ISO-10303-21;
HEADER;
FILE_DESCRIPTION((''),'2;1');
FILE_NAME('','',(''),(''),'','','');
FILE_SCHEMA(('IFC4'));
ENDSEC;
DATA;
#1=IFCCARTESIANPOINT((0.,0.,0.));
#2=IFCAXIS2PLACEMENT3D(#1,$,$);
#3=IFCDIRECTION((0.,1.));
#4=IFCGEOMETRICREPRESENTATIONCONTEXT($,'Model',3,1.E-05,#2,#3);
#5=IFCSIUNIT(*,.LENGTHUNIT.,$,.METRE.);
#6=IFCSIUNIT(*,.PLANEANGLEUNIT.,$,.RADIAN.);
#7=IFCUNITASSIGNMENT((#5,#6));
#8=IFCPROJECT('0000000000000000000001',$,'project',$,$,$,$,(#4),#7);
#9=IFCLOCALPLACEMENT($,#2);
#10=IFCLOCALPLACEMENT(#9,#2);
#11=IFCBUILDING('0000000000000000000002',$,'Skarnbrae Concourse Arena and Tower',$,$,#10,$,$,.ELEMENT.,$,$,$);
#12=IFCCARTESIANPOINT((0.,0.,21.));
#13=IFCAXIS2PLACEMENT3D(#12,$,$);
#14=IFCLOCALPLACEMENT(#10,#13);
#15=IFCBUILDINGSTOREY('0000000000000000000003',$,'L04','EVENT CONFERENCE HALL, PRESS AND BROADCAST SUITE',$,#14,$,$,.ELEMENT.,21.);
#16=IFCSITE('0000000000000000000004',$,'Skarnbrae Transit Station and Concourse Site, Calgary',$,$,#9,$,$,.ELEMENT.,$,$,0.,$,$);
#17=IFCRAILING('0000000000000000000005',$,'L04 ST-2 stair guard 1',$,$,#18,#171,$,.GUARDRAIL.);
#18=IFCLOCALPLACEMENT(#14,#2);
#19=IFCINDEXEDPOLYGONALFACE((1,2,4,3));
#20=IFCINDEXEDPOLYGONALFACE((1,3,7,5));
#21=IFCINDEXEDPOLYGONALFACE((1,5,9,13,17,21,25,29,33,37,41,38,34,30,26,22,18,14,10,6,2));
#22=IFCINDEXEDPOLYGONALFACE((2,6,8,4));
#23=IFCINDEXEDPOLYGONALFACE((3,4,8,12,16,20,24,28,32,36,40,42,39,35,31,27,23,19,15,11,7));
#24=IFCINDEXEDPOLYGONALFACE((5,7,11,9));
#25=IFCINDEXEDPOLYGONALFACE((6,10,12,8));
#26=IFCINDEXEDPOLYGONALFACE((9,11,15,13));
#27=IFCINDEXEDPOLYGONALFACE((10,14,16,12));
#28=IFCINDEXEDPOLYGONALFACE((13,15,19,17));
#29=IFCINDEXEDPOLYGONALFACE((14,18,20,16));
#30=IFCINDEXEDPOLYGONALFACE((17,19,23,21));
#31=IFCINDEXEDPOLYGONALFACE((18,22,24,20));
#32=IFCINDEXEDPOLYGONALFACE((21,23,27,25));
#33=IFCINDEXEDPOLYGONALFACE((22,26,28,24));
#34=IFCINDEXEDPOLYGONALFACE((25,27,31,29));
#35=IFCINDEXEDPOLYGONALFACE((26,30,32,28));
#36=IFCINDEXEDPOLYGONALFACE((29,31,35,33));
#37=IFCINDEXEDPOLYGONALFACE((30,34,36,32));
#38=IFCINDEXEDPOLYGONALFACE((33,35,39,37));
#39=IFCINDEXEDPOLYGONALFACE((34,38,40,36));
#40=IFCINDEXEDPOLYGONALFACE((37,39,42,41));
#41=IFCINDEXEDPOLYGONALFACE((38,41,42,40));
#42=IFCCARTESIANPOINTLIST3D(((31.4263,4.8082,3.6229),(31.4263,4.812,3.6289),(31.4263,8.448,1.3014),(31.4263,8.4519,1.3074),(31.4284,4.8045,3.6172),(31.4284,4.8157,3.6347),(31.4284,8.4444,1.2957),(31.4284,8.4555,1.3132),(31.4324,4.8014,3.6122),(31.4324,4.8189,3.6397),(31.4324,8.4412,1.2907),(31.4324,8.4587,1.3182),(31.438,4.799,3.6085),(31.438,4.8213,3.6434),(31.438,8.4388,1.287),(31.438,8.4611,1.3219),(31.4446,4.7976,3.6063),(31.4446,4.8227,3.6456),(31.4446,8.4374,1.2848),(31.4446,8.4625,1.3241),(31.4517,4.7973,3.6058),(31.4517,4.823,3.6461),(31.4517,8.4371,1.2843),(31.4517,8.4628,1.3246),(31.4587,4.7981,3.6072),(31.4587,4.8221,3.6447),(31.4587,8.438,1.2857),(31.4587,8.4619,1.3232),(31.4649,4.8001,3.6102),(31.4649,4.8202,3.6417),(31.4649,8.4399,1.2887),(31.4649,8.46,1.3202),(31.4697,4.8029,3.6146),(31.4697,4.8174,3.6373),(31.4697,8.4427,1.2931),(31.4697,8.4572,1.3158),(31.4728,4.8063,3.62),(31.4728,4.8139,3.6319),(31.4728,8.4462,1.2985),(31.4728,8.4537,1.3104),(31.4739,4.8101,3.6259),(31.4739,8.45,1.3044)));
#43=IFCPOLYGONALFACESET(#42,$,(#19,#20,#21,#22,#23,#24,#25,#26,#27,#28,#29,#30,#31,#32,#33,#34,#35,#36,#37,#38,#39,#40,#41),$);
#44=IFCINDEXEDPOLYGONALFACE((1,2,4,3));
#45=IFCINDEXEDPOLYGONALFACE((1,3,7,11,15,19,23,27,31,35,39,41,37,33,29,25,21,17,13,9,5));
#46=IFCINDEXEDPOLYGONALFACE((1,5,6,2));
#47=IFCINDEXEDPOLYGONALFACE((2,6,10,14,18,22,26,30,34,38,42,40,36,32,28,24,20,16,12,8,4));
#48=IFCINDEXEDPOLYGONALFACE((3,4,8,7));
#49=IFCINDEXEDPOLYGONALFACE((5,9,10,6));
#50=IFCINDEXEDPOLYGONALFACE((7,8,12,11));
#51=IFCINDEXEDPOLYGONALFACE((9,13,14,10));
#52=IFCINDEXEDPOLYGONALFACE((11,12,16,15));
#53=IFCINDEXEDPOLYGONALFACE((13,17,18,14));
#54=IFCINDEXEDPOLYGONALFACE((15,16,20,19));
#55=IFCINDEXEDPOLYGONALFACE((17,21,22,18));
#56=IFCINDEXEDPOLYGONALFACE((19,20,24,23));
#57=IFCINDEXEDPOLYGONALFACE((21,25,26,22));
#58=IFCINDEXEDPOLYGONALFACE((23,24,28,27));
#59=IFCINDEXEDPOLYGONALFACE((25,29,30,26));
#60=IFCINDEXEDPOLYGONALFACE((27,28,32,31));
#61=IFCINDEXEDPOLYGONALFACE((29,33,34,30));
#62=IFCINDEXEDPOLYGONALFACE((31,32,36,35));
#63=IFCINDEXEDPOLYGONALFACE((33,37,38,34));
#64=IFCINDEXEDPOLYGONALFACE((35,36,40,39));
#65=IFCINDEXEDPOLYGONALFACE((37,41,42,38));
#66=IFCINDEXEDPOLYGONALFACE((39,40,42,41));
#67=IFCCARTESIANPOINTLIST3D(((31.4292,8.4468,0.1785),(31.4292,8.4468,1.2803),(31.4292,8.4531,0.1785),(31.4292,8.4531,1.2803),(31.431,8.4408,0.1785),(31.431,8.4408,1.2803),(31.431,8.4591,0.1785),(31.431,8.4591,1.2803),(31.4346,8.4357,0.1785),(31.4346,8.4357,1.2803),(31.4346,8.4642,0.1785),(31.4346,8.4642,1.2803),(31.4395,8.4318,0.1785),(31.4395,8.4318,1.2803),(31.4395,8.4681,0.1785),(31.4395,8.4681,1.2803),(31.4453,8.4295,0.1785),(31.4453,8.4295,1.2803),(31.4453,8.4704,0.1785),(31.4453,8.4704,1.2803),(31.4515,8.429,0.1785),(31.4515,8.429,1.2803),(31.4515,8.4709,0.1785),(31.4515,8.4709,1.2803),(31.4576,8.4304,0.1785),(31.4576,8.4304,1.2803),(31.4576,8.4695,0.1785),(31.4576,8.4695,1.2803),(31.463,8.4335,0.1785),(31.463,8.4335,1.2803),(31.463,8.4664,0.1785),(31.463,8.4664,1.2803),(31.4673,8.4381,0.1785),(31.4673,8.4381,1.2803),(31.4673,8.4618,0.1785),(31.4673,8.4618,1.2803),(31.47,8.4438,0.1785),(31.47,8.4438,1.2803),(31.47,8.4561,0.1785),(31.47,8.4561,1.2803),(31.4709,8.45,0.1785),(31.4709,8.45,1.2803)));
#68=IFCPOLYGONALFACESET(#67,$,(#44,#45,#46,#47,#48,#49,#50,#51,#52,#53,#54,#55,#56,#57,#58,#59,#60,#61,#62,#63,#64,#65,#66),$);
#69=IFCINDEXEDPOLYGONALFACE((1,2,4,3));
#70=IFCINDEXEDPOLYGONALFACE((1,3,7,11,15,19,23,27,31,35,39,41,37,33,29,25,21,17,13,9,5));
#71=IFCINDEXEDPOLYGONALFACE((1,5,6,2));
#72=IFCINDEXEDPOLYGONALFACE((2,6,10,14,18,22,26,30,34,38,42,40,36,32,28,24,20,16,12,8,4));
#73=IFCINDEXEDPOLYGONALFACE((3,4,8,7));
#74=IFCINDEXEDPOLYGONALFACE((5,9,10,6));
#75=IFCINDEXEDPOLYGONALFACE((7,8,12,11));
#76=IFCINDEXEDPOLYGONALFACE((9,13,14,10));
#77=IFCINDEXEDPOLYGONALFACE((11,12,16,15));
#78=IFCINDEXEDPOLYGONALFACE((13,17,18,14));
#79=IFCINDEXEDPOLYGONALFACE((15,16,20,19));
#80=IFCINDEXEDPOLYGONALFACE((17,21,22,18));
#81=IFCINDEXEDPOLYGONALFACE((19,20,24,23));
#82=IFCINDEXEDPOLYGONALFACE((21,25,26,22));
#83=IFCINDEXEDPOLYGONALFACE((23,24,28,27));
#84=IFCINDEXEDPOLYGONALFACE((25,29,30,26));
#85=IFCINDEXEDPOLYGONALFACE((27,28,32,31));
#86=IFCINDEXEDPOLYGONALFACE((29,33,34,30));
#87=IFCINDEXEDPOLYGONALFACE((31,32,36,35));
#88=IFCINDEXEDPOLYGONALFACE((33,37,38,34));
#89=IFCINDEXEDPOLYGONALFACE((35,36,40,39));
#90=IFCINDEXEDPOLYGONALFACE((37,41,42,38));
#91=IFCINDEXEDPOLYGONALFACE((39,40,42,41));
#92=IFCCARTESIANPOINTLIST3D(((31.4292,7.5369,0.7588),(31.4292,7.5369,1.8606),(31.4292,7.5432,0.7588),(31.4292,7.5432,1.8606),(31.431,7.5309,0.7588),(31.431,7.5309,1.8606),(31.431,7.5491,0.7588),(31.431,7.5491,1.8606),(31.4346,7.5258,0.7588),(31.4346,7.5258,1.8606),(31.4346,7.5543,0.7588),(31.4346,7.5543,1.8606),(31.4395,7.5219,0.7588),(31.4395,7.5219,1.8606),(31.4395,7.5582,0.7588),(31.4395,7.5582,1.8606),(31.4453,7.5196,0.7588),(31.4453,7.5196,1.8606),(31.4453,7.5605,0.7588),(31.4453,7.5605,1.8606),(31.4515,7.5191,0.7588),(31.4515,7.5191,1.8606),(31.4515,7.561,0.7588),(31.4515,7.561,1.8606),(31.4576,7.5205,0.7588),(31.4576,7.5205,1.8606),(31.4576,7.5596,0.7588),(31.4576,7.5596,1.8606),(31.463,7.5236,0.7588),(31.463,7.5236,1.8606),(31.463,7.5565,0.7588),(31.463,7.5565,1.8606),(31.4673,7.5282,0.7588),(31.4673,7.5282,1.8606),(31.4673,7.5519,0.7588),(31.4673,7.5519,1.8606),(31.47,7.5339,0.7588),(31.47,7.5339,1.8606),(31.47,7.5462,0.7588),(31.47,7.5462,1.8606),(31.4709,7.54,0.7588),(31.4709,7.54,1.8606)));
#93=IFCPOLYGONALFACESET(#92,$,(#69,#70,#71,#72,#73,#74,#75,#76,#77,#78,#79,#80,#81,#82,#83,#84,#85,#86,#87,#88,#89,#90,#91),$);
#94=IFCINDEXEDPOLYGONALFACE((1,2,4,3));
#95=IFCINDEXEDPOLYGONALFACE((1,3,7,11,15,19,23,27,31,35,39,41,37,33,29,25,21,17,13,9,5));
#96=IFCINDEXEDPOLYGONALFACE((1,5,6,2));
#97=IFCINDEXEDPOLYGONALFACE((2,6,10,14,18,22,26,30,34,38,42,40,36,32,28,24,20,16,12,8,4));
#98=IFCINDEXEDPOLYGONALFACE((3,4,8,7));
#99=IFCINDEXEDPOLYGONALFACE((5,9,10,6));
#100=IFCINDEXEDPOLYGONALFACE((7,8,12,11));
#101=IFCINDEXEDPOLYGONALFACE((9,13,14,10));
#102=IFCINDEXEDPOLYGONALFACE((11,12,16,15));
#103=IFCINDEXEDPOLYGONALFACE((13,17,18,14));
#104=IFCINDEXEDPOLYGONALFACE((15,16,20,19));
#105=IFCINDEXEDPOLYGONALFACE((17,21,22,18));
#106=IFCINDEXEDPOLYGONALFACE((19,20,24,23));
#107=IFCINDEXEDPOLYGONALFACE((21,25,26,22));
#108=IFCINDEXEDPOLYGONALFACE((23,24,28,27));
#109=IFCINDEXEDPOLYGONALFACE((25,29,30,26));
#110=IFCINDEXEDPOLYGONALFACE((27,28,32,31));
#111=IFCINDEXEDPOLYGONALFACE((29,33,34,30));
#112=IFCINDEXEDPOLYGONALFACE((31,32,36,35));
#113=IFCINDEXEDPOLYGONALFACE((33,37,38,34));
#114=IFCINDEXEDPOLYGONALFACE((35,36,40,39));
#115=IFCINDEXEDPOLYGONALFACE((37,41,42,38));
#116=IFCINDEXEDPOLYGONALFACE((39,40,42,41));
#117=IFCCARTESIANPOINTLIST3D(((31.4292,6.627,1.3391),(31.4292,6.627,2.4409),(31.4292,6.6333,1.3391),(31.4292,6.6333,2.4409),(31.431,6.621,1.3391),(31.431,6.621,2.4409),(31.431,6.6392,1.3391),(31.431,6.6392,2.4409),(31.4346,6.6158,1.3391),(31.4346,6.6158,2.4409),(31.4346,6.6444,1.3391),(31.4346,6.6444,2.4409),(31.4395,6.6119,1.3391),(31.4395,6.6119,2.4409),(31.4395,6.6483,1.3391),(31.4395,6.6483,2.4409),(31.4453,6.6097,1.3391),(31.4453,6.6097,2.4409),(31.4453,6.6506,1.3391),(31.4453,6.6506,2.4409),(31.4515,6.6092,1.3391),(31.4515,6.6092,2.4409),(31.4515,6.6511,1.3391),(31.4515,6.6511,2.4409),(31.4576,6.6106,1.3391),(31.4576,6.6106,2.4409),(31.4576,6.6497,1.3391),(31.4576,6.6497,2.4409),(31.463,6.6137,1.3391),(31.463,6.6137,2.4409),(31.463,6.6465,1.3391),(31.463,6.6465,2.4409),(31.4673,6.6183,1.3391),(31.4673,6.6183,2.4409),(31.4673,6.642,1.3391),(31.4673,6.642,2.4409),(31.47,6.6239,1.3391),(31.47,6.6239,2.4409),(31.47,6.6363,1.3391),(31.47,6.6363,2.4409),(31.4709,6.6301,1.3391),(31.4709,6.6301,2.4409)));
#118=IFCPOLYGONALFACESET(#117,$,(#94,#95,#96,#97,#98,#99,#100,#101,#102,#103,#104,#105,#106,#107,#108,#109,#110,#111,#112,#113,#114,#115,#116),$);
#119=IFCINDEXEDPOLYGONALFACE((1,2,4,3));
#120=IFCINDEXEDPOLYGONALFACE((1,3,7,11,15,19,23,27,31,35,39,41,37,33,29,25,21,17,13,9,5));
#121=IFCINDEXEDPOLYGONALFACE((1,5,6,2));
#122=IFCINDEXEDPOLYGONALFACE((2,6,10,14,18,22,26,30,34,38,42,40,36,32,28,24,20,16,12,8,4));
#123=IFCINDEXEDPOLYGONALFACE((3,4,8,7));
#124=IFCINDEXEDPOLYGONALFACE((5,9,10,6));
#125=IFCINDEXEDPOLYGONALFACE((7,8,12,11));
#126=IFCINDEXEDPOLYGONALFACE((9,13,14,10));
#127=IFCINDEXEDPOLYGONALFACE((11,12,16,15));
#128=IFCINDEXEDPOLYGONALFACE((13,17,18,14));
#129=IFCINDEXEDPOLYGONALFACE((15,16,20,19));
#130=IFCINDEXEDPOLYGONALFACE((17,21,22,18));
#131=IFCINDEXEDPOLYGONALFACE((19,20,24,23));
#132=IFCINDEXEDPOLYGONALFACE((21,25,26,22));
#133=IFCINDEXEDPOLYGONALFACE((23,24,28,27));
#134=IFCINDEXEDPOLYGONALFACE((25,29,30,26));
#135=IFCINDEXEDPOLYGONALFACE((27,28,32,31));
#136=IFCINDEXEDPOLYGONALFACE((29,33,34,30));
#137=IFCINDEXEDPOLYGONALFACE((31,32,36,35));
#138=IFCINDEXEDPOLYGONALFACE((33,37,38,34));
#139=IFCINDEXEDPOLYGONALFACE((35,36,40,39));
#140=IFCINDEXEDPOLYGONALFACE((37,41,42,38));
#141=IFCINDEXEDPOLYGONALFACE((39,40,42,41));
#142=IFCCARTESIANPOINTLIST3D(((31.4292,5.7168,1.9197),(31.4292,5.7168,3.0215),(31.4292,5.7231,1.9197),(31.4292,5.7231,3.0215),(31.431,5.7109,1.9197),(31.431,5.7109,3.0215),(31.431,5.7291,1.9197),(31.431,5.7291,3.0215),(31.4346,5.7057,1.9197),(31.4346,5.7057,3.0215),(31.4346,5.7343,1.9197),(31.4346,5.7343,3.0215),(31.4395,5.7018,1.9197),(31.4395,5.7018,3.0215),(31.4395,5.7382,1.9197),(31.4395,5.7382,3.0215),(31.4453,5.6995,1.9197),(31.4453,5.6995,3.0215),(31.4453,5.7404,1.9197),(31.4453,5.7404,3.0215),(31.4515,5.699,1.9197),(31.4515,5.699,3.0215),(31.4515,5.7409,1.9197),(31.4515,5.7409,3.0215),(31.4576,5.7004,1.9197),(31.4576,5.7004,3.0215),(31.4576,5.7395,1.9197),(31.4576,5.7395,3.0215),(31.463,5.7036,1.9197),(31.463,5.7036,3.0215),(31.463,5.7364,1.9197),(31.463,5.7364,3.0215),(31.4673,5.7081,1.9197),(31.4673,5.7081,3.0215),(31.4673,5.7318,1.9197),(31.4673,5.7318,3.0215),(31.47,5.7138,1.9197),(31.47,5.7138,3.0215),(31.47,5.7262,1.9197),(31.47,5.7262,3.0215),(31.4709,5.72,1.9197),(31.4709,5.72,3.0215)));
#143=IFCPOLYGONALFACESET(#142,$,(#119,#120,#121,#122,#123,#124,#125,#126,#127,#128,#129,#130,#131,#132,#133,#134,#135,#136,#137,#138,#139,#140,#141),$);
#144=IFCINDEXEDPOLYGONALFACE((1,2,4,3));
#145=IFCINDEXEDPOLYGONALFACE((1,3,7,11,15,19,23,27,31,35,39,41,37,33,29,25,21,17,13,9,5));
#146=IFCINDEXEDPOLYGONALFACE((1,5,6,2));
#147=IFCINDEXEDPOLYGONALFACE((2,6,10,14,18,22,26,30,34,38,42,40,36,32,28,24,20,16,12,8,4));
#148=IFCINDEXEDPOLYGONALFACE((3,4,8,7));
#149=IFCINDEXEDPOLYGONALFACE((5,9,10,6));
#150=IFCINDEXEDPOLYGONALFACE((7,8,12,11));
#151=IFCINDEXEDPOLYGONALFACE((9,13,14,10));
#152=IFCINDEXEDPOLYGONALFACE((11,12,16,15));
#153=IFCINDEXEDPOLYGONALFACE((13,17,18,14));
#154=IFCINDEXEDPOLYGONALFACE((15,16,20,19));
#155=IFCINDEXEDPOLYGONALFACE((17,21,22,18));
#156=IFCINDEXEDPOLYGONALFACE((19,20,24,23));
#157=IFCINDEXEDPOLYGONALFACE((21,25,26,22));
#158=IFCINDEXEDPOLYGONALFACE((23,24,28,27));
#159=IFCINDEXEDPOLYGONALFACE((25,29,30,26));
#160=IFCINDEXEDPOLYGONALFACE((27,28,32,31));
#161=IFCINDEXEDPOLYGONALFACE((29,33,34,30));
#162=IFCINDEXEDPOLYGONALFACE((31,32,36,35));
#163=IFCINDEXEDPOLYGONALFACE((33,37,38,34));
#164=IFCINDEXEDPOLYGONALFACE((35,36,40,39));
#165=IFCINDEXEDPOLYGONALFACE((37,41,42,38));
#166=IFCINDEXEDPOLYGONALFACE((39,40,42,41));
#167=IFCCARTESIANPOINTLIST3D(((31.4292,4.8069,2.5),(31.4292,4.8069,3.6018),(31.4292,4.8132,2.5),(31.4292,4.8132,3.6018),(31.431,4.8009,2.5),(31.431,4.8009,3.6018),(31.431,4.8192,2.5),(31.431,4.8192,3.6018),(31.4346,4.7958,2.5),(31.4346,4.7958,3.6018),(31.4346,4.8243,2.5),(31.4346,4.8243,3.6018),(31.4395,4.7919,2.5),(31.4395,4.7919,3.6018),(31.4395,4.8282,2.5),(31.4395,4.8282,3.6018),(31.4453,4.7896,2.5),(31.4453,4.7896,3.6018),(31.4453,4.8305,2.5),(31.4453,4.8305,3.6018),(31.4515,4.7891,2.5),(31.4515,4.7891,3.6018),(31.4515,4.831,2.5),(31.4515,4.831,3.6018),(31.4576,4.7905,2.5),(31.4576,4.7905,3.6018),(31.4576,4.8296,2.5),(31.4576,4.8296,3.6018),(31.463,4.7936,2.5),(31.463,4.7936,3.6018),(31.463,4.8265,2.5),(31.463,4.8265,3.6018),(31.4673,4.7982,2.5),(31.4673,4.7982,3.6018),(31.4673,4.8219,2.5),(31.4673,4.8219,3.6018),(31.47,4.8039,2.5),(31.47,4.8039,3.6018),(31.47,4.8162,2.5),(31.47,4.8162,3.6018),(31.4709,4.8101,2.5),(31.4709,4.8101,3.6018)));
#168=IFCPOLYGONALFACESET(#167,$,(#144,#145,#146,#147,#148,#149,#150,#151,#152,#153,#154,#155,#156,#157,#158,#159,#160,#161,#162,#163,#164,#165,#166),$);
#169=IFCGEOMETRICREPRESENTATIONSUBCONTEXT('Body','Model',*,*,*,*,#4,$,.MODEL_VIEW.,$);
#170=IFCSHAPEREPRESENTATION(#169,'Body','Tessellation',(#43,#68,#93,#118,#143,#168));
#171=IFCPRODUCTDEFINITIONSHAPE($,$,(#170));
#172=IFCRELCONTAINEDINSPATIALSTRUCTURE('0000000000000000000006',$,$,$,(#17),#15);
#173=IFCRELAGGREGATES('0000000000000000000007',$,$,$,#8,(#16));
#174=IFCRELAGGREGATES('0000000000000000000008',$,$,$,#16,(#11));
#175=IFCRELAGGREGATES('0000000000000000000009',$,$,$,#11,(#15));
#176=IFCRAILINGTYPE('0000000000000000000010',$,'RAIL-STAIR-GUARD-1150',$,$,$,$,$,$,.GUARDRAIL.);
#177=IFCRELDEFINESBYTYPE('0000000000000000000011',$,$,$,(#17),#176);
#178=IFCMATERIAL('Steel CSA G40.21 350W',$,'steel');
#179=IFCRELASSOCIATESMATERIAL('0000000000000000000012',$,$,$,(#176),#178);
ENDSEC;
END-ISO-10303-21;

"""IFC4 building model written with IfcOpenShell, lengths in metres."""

from ifc_helpers import new_model, si_unit, direction, frame, origin, origin_2d, place, context, subcontext, project, spatial, circle, extrude, material, type_object, element, save


model = new_model("IFC4")

# Units and contexts
model_context = context("Model", 3, precision=1e-05, world=origin(), true_north=direction((0.0, 1.0)))
body_context = subcontext(model_context, "Body", "Model", "MODEL_VIEW")
ifc_project = project(units=[si_unit("LENGTHUNIT", "METRE"), si_unit("PLANEANGLEUNIT", "RADIAN")], contexts=[model_context])

# Site, building, storey
site_placement = place(None, origin())
site = spatial("IfcSite", under=ifc_project, at=site_placement, Name="Skarnbrae Transit Station and Concourse Site, Calgary", CompositionType="ELEMENT", RefElevation=0.0)
building_placement = place(site_placement, origin())
building = spatial("IfcBuilding", under=site, at=building_placement, Name="Skarnbrae Concourse Arena and Tower", CompositionType="ELEMENT")
storey_placement = place(building_placement, frame((0.0, 0.0, 21.0)))
storey = spatial("IfcBuildingStorey", under=building, at=storey_placement, Name="L04", Description="EVENT CONFERENCE HALL, PRESS AND BROADCAST SUITE", CompositionType="ELEMENT", Elevation=21.0)

# Shared definitions
ifc_material_1 = material(Name="Steel CSA G40.21 350W", Category="steel")

# Railing
railing_type_1 = type_object("IfcRailingType", Name="RAIL-STAIR-GUARD-1150", PredefinedType="GUARDRAIL", material=ifc_material_1)
railing_1_placement = place(storey_placement, frame((31.45, 8.45, 0.1785)))
element("IfcRailing", 1, at=railing_1_placement, inside=storey, type_object=railing_type_1, Name="L04 ST-2 stair guard 1", PredefinedType="GUARDRAIL", context=body_context, shape_type="SweptSolid", body=[
    extrude(circle(Radius=0.0239, at=origin_2d()), frame((0.0, 0.0, 1.126), z_axis=(0.0, -0.843112, 0.537739), x_axis=(1.0, 0.0, 0.0)), (0.0, 0.0, 1.0), 4.3171),
    extrude(circle(Radius=0.021, at=origin_2d()), origin(), (0.0, 0.0, 1.0), 1.1018),
    extrude(circle(Radius=0.021, at=origin_2d()), frame((0.0, -0.9099, 0.5803)), (0.0, 0.0, 1.0), 1.1018),
    extrude(circle(Radius=0.021, at=origin_2d()), frame((0.0, -1.8198, 1.1606)), (0.0, 0.0, 1.0), 1.1018),
    extrude(circle(Radius=0.021, at=origin_2d()), frame((0.0, -2.73, 1.7412)), (0.0, 0.0, 1.0), 1.1018),
    extrude(circle(Radius=0.021, at=origin_2d()), frame((0.0, -3.6399, 2.3215)), (0.0, 0.0, 1.0), 1.1018),
])

save(model, "model.ifc")
